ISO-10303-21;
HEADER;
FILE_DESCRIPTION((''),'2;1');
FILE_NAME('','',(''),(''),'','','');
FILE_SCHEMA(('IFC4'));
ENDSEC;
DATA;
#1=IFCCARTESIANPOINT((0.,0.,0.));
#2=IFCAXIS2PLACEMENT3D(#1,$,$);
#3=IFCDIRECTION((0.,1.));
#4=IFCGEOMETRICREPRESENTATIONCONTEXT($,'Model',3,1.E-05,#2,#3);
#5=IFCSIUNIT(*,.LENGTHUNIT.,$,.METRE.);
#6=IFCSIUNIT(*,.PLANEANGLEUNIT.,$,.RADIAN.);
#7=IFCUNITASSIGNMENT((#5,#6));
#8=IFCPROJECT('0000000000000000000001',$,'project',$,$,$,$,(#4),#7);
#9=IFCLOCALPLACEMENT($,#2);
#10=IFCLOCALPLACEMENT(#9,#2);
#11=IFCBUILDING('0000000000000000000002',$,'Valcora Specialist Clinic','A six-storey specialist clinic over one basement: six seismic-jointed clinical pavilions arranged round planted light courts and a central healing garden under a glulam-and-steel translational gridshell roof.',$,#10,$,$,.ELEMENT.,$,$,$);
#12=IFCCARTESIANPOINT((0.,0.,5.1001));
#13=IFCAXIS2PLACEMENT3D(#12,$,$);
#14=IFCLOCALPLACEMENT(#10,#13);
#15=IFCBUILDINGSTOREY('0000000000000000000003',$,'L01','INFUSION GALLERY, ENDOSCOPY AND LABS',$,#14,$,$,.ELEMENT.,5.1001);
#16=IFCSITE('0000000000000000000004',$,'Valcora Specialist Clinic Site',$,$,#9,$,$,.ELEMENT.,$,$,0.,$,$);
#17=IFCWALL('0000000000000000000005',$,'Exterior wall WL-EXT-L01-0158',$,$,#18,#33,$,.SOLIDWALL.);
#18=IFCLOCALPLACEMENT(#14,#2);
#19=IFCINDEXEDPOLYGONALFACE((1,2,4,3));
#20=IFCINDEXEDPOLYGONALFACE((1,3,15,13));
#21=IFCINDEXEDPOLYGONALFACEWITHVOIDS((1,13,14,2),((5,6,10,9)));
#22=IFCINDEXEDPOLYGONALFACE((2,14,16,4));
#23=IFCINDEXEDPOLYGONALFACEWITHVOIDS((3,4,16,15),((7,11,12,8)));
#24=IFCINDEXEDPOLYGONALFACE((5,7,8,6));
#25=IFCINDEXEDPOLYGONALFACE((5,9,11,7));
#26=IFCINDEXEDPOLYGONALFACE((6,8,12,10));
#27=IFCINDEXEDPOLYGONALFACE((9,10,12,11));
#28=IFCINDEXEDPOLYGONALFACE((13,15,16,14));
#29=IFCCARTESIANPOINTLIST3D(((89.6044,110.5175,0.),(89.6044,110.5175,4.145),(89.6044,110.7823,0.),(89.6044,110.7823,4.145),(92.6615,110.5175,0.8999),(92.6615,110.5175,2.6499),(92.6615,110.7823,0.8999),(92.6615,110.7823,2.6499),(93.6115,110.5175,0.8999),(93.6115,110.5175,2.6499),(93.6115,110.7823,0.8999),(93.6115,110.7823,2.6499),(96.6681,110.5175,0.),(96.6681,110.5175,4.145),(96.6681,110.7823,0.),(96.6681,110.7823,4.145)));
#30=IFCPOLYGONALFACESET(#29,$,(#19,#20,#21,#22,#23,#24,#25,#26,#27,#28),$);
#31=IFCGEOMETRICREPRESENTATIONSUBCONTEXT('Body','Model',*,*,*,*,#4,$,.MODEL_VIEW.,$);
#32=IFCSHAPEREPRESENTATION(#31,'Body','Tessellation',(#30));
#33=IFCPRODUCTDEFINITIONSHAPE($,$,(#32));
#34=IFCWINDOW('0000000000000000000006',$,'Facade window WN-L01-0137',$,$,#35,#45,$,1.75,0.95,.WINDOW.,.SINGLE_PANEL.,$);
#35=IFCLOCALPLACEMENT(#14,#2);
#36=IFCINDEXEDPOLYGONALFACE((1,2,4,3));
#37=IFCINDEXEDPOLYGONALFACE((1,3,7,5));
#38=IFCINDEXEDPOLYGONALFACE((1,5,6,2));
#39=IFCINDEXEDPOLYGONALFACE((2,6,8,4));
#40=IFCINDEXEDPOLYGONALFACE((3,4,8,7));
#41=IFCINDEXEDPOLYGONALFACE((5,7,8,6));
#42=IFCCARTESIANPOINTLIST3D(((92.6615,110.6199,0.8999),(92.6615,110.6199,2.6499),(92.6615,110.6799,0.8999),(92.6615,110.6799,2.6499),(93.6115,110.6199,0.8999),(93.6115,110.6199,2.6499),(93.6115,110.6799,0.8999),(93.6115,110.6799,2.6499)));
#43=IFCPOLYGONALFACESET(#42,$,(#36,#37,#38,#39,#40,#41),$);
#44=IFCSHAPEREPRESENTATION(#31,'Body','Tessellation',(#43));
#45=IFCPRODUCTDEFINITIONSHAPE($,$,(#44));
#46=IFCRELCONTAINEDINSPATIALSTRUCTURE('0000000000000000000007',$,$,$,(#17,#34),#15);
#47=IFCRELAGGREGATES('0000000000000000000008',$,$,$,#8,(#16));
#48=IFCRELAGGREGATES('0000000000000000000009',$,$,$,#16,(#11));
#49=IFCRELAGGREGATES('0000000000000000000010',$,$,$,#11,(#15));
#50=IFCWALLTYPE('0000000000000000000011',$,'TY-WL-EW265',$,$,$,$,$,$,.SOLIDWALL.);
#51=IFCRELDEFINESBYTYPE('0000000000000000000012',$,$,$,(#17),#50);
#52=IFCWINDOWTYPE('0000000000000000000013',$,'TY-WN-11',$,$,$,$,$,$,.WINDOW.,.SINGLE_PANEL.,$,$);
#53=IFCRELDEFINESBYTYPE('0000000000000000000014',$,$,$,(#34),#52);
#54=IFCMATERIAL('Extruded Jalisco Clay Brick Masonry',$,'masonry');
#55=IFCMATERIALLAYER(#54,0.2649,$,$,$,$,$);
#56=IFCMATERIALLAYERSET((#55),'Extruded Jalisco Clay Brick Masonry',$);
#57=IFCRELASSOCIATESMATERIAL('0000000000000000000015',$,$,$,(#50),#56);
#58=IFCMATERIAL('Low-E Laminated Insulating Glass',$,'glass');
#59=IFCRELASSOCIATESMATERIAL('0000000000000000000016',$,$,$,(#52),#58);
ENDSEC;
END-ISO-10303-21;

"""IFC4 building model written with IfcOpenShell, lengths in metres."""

from ifc_helpers import new_model, si_unit, direction, frame, frame_2d, origin, place, context, subcontext, project, spatial, rectangle, extrude, material, layer, layer_set, type_object, element, fill, save


model = new_model("IFC4")

# Units and contexts
model_context = context("Model", 3, precision=1e-05, world=origin(), true_north=direction((0.0, 1.0)))
body_context = subcontext(model_context, "Body", "Model", "MODEL_VIEW")
ifc_project = project(units=[si_unit("LENGTHUNIT", "METRE"), si_unit("PLANEANGLEUNIT", "RADIAN")], contexts=[model_context])

# Site, building, storey
site_placement = place(None, origin())
site = spatial("IfcSite", under=ifc_project, at=site_placement, Name="Valcora Specialist Clinic Site", CompositionType="ELEMENT", RefElevation=0.0)
building_placement = place(site_placement, origin())
building = spatial("IfcBuilding", under=site, at=building_placement, Name="Valcora Specialist Clinic", Description="A six-storey specialist clinic over one basement: six seismic-jointed clinical pavilions arranged round planted light courts and a central healing garden under a glulam-and-steel translational gridshell roof.", CompositionType="ELEMENT")
storey_placement = place(building_placement, frame((0.0, 0.0, 5.1001)))
storey = spatial("IfcBuildingStorey", under=building, at=storey_placement, Name="L01", Description="INFUSION GALLERY, ENDOSCOPY AND LABS", CompositionType="ELEMENT", Elevation=5.1001)

# Shared definitions
ifc_material_1 = material(Name="Low-E Laminated Insulating Glass", Category="glass")

# Wall, opening, window
ifc_material_2 = material(Name="Extruded Jalisco Clay Brick Masonry", Category="masonry")
ifc_layer_1 = layer(ifc_material_2, 0.2649)
ifc_layer_set_1 = layer_set([ifc_layer_1], Name="Extruded Jalisco Clay Brick Masonry")
wall_type = type_object("IfcWallType", Name="TY-WL-EW265", PredefinedType="SOLIDWALL", material=ifc_layer_set_1)
wall_placement = place(storey_placement, frame((89.6045, 110.6499, 0.0), z_axis=(0.0, 0.0, 1.0), x_axis=(1.0, 0.0, 0.0)))
wall = element("IfcWall", 1, at=wall_placement, inside=storey, type_object=wall_type, Name="Exterior wall WL-EXT-L01-0158", PredefinedType="SOLIDWALL", context=body_context, shape_type="SweptSolid", body=[
    extrude(rectangle(XDim=7.0637, YDim=0.2649, at=frame_2d((3.5317, 0.0))), origin(), (0.0, 0.0, 1.0), 4.145),
])
opening_placement = place(wall_placement, frame((3.0569, 0.0, 0.8999)))
opening = element("IfcOpeningElement", 2, at=opening_placement, cuts=wall, PredefinedType="OPENING", context=body_context, shape_type="SweptSolid", body=[
    extrude(rectangle(XDim=0.95, YDim=1.75, at=frame_2d((0.4751, 0.875))), frame((0.0, 0.1423, 0.0), z_axis=(0.0, -1.0, 0.0), x_axis=(1.0, 0.0, 0.0)), (0.0, 0.0, 1.0), 0.2849),
])
window_type = type_object("IfcWindowType", Name="TY-WN-11", PartitioningType="SINGLE_PANEL", PredefinedType="WINDOW", material=ifc_material_1)
window_placement = place(opening_placement, origin())
window = element("IfcWindow", 3, at=window_placement, inside=storey, type_object=window_type, Name="Facade window WN-L01-0137", OverallHeight=1.75, OverallWidth=0.95, PartitioningType="SINGLE_PANEL", PredefinedType="WINDOW", context=body_context, shape_type="SweptSolid", body=[
    extrude(rectangle(XDim=0.95, YDim=1.75, at=frame_2d((0.4751, 0.875))), frame((0.0, 0.03, 0.0), z_axis=(0.0, -1.0, 0.0), x_axis=(1.0, 0.0, 0.0)), (0.0, 0.0, 1.0), 0.0601),
])
fill(opening, window)

save(model, "model.ifc")
